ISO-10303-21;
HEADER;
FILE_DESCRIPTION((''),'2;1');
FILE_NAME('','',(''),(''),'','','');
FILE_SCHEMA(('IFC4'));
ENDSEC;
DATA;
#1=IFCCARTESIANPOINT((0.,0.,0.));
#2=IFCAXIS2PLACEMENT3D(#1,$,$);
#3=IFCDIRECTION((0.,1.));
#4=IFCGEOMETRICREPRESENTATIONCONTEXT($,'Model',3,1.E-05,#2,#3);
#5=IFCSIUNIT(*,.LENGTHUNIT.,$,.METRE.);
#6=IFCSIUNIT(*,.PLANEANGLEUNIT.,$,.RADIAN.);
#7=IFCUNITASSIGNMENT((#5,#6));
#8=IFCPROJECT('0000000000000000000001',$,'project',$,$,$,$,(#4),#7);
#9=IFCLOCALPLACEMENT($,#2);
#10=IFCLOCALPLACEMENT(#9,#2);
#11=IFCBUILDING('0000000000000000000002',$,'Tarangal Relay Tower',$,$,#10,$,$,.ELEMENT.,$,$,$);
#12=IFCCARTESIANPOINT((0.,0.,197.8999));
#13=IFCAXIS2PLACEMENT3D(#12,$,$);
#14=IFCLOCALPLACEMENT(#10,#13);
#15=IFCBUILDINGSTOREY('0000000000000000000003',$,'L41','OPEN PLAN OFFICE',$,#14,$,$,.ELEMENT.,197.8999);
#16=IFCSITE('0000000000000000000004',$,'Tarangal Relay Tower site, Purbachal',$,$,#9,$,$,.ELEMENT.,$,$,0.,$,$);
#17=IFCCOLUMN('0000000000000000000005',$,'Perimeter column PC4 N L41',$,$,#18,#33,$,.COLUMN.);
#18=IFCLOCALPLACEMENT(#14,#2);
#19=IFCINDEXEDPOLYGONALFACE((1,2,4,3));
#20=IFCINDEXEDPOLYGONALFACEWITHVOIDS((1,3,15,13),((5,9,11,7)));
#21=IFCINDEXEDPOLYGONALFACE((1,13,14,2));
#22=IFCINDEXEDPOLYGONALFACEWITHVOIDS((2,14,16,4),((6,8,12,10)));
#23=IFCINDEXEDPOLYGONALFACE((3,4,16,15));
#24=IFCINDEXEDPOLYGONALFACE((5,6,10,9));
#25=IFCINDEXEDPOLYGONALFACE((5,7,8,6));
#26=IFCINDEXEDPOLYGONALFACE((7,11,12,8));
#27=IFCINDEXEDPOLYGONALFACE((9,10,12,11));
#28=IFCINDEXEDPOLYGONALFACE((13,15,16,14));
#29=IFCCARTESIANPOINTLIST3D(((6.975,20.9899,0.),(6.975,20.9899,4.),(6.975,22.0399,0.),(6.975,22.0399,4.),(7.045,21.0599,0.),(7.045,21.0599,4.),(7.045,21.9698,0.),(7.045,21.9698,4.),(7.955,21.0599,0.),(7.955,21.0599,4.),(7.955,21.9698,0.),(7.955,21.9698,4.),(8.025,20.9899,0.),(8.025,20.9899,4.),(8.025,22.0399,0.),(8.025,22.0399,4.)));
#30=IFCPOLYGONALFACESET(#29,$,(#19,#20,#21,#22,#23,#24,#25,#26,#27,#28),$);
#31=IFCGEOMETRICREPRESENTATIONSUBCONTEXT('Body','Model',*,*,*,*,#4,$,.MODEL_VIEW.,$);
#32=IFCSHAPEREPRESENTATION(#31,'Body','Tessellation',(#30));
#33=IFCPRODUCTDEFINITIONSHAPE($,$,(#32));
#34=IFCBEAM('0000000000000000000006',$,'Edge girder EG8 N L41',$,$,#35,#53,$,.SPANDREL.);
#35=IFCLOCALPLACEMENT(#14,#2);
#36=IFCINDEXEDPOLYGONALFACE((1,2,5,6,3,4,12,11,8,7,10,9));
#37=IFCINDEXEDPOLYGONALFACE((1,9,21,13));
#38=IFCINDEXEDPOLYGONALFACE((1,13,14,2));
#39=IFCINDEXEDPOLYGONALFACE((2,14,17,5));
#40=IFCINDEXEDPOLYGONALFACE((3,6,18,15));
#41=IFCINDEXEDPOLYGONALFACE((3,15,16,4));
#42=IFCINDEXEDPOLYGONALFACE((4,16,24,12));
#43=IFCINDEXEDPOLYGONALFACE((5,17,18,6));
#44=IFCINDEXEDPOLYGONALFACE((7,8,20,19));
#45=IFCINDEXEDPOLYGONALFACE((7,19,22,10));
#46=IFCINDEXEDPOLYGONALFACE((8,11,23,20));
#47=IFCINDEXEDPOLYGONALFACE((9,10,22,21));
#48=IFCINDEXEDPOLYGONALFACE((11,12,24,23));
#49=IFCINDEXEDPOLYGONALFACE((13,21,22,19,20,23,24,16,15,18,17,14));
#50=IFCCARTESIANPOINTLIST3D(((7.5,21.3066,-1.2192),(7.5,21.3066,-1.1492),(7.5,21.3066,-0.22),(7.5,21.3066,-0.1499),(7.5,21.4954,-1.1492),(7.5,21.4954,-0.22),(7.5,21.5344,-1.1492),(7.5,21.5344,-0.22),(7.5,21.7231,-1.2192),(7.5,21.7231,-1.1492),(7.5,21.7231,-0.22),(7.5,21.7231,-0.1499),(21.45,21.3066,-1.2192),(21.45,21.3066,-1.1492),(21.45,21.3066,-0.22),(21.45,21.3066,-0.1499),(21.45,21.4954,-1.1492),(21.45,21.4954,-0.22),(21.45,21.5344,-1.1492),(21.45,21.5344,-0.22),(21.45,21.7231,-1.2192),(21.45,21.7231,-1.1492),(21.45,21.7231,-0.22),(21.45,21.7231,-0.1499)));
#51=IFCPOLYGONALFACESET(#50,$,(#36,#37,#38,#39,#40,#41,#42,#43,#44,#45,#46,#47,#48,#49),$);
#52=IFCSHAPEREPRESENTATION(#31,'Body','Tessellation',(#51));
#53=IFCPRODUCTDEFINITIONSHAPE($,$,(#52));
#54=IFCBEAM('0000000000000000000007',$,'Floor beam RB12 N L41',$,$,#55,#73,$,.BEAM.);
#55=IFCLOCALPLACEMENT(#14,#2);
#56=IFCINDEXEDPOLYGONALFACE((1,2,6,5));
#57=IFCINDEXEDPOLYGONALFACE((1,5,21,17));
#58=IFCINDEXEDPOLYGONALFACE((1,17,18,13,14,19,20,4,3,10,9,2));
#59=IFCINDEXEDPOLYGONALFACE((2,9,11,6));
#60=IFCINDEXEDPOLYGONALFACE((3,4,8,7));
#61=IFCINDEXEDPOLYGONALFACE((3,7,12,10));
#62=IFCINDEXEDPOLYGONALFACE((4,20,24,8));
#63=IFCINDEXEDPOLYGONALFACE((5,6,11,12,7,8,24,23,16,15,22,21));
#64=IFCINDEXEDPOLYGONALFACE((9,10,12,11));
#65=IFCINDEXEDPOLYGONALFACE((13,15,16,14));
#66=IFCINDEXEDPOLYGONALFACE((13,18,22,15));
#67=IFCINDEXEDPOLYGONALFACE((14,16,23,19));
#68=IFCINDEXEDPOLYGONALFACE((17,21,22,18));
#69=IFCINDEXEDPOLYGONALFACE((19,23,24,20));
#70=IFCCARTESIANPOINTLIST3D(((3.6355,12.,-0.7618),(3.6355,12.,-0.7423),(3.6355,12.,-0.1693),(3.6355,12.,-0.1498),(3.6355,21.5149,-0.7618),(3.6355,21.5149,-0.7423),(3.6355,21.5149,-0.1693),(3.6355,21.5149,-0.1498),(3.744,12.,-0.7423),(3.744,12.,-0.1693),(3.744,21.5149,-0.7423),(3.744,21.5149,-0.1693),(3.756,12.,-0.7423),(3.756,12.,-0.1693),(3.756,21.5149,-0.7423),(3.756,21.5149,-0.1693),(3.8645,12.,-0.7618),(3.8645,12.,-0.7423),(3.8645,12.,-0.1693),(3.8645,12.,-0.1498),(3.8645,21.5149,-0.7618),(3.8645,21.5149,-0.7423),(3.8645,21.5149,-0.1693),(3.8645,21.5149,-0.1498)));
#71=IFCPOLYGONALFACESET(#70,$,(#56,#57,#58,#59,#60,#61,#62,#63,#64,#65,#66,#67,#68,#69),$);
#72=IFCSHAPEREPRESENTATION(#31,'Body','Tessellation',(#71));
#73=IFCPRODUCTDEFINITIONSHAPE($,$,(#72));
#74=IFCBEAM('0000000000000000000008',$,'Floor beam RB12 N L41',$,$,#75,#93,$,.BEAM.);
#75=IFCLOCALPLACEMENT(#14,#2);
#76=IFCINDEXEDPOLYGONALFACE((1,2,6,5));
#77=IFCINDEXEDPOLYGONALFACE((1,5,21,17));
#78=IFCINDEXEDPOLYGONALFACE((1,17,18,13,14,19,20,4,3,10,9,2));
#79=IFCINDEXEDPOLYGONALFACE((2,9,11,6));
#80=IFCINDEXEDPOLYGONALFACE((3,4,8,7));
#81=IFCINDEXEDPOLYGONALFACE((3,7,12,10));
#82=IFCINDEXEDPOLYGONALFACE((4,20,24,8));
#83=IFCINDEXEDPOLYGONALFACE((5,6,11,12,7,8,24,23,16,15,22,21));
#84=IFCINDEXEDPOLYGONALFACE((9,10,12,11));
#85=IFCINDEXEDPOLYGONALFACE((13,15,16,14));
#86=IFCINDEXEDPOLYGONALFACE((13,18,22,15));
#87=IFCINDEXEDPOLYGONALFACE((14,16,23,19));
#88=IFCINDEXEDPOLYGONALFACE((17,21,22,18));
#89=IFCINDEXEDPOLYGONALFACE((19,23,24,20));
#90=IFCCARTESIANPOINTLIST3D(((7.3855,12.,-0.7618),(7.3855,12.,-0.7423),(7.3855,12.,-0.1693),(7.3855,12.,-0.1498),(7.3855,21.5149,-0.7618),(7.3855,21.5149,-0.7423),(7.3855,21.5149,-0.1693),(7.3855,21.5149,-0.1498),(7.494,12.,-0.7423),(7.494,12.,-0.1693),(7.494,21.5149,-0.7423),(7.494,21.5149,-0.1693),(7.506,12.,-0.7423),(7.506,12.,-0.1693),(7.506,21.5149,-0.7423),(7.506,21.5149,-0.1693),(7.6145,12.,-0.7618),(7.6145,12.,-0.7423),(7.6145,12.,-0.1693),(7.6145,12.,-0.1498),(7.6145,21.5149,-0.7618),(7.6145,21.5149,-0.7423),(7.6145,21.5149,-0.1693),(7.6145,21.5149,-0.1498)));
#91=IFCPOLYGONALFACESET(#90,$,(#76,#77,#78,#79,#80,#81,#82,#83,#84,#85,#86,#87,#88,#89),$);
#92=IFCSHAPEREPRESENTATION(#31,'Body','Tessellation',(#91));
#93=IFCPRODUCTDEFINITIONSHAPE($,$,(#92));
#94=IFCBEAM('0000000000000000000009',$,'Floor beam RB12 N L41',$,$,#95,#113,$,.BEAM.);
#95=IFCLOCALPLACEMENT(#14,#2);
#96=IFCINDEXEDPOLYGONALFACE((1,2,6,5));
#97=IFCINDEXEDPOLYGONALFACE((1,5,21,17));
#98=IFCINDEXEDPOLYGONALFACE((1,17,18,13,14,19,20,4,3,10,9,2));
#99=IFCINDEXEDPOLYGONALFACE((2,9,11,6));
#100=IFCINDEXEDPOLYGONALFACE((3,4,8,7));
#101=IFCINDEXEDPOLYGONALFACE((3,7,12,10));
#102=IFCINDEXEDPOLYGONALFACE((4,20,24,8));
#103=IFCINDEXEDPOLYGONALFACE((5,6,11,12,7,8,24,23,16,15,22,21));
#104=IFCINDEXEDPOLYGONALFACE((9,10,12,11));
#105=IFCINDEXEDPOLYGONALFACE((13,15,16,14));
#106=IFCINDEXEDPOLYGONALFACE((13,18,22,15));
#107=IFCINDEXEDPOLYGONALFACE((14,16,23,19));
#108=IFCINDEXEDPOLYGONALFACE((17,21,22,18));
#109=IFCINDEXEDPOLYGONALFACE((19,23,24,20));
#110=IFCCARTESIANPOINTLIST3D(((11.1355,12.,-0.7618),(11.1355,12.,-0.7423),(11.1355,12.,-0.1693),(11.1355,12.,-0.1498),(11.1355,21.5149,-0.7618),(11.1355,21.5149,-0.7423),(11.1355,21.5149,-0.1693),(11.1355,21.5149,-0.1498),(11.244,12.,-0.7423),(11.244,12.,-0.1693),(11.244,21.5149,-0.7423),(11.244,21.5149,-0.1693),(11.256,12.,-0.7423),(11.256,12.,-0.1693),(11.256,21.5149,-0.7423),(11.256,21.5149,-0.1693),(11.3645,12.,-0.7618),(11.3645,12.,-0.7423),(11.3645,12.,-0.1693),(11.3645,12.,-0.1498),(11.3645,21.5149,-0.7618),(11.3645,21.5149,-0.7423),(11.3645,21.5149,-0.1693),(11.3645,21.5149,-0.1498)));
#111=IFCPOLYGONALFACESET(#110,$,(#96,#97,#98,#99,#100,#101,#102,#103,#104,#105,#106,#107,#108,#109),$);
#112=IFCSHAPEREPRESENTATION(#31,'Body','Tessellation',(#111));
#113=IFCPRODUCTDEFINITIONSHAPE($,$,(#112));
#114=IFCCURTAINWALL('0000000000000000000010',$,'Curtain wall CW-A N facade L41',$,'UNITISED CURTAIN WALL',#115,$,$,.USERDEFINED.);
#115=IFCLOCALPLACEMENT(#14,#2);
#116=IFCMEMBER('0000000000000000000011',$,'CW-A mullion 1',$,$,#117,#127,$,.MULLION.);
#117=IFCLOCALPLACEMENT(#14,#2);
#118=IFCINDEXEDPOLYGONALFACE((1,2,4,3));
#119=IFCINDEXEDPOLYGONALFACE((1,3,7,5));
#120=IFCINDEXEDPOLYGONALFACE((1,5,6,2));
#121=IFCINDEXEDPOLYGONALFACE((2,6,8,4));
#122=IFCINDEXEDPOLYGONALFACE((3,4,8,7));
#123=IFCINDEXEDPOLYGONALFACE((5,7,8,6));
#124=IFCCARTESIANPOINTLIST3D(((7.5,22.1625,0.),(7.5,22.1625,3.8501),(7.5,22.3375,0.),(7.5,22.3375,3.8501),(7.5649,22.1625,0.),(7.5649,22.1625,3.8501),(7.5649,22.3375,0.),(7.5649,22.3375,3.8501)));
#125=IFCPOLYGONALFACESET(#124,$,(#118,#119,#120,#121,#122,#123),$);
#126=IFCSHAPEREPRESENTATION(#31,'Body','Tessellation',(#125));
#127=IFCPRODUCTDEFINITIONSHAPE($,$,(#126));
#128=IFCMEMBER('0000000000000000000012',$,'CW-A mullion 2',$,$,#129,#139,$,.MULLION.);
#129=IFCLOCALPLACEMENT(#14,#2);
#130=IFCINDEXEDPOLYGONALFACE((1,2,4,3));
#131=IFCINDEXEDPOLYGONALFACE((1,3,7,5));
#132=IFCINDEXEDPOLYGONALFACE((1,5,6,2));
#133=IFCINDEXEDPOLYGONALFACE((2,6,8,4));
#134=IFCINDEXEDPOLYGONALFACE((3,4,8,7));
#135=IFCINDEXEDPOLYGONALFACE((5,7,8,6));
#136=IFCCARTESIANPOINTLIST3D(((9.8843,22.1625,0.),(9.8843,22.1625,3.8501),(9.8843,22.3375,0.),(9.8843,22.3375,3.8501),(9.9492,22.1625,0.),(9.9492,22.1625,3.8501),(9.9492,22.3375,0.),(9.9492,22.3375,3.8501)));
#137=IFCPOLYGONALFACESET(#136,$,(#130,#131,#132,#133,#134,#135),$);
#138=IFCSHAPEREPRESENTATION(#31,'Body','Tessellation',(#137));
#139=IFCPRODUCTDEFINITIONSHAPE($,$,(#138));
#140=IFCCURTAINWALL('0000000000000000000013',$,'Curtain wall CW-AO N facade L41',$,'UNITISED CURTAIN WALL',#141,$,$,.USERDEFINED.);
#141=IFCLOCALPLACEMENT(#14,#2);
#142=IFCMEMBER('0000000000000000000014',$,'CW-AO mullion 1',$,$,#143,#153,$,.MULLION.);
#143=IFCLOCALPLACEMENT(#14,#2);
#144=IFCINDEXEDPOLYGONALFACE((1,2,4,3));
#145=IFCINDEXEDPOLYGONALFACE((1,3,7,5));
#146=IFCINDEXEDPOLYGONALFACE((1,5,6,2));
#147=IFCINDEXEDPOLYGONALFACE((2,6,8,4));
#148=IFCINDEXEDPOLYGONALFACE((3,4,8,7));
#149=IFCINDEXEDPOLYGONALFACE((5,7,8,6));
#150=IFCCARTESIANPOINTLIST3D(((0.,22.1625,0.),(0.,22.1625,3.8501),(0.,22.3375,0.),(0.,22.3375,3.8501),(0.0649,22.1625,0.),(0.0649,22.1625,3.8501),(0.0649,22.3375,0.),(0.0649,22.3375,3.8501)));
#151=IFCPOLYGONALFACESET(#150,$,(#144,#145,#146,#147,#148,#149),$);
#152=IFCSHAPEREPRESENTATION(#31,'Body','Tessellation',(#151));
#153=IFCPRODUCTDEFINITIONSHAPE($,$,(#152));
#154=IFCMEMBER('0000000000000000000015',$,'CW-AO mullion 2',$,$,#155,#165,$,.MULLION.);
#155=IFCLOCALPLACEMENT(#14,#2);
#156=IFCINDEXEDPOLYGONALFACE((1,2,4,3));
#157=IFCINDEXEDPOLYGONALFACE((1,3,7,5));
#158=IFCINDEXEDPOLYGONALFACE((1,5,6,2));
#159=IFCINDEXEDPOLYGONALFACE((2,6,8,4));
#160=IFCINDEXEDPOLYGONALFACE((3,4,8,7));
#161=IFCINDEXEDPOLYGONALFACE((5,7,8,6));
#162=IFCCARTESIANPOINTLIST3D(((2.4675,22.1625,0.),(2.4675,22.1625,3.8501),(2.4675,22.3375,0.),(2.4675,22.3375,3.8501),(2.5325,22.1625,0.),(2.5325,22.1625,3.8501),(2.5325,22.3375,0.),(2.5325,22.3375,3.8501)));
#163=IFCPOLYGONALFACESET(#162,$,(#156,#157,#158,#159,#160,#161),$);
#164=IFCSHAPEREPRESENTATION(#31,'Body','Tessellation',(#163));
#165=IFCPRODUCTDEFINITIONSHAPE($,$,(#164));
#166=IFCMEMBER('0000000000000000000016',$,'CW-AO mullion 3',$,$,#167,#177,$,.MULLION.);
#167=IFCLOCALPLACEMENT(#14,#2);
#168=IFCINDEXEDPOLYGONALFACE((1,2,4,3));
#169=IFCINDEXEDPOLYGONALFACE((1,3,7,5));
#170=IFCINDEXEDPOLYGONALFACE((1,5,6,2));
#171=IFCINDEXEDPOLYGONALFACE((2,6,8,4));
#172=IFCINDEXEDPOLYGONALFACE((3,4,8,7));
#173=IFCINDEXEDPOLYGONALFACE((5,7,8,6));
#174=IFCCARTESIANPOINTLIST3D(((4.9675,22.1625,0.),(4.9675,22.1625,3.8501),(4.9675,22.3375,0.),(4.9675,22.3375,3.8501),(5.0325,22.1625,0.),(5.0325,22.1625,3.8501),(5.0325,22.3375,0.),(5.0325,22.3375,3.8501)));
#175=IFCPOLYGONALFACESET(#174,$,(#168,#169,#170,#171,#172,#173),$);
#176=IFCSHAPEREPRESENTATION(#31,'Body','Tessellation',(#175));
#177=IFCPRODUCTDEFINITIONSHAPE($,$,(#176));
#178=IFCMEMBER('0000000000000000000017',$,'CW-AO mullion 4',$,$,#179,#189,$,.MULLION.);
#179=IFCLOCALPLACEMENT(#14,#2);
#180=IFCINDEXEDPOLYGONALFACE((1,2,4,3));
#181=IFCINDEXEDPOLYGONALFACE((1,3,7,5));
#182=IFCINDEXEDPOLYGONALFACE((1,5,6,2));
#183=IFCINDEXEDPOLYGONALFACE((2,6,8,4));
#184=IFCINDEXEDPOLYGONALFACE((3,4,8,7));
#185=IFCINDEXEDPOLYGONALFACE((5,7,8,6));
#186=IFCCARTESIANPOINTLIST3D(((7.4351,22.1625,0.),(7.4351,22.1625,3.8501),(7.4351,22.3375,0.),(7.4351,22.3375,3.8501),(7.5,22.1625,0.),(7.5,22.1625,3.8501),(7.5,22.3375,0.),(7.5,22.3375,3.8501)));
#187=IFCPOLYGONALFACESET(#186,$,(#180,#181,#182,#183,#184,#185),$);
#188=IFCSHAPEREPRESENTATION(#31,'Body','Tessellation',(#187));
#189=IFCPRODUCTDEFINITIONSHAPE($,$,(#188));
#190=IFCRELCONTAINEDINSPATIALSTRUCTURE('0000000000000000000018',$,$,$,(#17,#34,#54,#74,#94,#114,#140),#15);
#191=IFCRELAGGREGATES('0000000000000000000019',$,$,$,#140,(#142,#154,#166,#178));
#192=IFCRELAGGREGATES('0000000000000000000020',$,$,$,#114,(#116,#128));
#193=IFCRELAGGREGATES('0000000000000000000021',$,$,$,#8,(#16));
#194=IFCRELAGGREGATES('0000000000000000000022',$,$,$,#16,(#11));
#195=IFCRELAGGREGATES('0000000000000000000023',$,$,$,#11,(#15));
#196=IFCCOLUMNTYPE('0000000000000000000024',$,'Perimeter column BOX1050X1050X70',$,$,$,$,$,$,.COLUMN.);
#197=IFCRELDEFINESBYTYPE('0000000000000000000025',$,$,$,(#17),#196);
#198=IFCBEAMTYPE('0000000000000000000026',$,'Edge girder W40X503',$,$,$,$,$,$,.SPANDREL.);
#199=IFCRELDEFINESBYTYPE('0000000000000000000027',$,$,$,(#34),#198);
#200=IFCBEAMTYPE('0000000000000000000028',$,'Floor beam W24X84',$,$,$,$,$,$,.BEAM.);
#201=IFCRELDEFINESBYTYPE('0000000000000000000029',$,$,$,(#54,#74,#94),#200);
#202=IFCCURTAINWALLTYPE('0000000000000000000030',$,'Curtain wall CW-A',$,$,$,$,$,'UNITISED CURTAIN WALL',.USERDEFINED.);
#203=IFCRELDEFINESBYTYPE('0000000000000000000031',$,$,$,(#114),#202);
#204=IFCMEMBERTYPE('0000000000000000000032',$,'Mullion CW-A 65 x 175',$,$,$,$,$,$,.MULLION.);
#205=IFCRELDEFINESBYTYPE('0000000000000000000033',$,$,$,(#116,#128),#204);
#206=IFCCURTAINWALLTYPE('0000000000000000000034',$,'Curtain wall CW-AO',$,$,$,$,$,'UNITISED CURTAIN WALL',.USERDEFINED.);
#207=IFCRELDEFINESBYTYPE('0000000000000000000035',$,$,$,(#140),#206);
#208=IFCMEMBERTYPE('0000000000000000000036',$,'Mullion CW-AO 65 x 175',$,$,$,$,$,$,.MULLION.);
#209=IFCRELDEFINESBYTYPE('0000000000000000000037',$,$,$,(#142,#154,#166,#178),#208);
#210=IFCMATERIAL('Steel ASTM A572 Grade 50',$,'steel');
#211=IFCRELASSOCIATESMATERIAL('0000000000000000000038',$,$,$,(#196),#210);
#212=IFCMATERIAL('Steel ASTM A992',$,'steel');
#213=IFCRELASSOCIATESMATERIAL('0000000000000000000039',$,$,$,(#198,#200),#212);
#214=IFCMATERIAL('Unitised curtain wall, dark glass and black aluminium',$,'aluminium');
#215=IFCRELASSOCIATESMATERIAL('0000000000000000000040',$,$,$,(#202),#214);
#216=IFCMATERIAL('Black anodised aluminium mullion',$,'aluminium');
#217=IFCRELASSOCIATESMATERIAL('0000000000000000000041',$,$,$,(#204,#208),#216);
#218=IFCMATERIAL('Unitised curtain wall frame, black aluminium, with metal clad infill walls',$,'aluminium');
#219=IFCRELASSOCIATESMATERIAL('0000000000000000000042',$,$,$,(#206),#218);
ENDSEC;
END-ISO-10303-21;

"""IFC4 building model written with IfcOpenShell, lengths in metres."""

from ifc_helpers import new_model, si_unit, direction, frame, origin, origin_2d, place, context, subcontext, project, spatial, rectangle, hollow_rectangle, i_section, extrude, material, material_profile, profile_set, type_object, element, aggregate, save


model = new_model("IFC4")

# Units and contexts
model_context = context("Model", 3, precision=1e-05, world=origin(), true_north=direction((0.0, 1.0)))
body_context = subcontext(model_context, "Body", "Model", "MODEL_VIEW")
ifc_project = project(units=[si_unit("LENGTHUNIT", "METRE"), si_unit("PLANEANGLEUNIT", "RADIAN")], contexts=[model_context])

# Site, building, storey
site_placement = place(None, origin())
site = spatial("IfcSite", under=ifc_project, at=site_placement, Name="Tarangal Relay Tower site, Purbachal", CompositionType="ELEMENT", RefElevation=0.0)
building_placement = place(site_placement, origin())
building = spatial("IfcBuilding", under=site, at=building_placement, Name="Tarangal Relay Tower", CompositionType="ELEMENT")
storey_placement = place(building_placement, frame((0.0, 0.0, 197.8999)))
storey = spatial("IfcBuildingStorey", under=building, at=storey_placement, Name="L41", Description="OPEN PLAN OFFICE", CompositionType="ELEMENT", Elevation=197.8999)

# Column
ifc_material_1 = material(Name="Steel ASTM A572 Grade 50", Category="steel")
ifc_material_profile_1 = material_profile(ifc_material_1, hollow_rectangle(XDim=1.05, YDim=1.05, WallThickness=0.0701, at=origin_2d()), Name="BOX1050X1050X70")
ifc_profile_set_1 = profile_set([ifc_material_profile_1], Name="Steel ASTM A572 Grade 50")
column_type = type_object("IfcColumnType", Name="Perimeter column BOX1050X1050X70", PredefinedType="COLUMN", material=ifc_profile_set_1)
column_placement = place(storey_placement, frame((7.5, 21.5149, 0.0), z_axis=(0.0, 0.0, 1.0), x_axis=(1.0, 0.0, 0.0)))
element("IfcColumn", 1, at=column_placement, inside=storey, type_object=column_type, Name="Perimeter column PC4 N L41", PredefinedType="COLUMN", context=body_context, shape_type="SweptSolid", body=[
    extrude(hollow_rectangle(XDim=1.05, YDim=1.05, WallThickness=0.0701, at=origin_2d()), origin(), (0.0, 0.0, 1.0), 4.0),
])

# Beams
ifc_material_2 = material(Name="Steel ASTM A992", Category="steel")
ifc_material_profile_2 = material_profile(ifc_material_2, i_section(OverallWidth=0.4165, OverallDepth=1.0693, WebThickness=0.0391, FlangeThickness=0.0701, at=origin_2d()), Name="W40X503")
ifc_profile_set_2 = profile_set([ifc_material_profile_2], Name="Steel ASTM A992")
beam_type_1 = type_object("IfcBeamType", Name="Edge girder W40X503", PredefinedType="SPANDREL", material=ifc_profile_set_2)
beam_placement = place(storey_placement, frame((7.5, 21.5149, -0.6846), z_axis=(1.0, 0.0, 0.0), x_axis=(0.0, 1.0, 0.0)))
element("IfcBeam", 2, at=beam_placement, inside=storey, type_object=beam_type_1, Name="Edge girder EG8 N L41", PredefinedType="SPANDREL", context=body_context, shape_type="SweptSolid", body=[
    extrude(i_section(OverallWidth=0.4165, OverallDepth=1.0693, WebThickness=0.0391, FlangeThickness=0.0701, at=origin_2d()), origin(), (0.0, 0.0, 1.0), 13.95),
])
ifc_material_profile_3 = material_profile(ifc_material_2, i_section(OverallWidth=0.229, OverallDepth=0.6121, WebThickness=0.012, FlangeThickness=0.0195, at=origin_2d()), Name="W24X84")
ifc_profile_set_3 = profile_set([ifc_material_profile_3], Name="Steel ASTM A992")
beam_type_2 = type_object("IfcBeamType", Name="Floor beam W24X84", PredefinedType="BEAM", material=ifc_profile_set_3)
for number, where, z_axis, x_axis, name in (
    (3, (3.75, 12.0, -0.4558), (0.0, 1.0, 0.0), (-1.0, 0.0, 0.0), "Floor beam RB12 N L41"),
    (4, (7.5, 12.0, -0.4558), (0.0, 1.0, 0.0), (-1.0, 0.0, 0.0), "Floor beam RB12 N L41"),
    (5, (11.25, 12.0, -0.4558), (0.0, 1.0, 0.0), (-1.0, 0.0, 0.0), "Floor beam RB12 N L41"),
):
    element("IfcBeam", number, at=place(storey_placement, frame(where, z_axis=z_axis, x_axis=x_axis)), inside=storey, type_object=beam_type_2, Name=name, PredefinedType="BEAM", context=body_context, shape_type="SweptSolid", body=[
        extrude(i_section(OverallWidth=0.229, OverallDepth=0.6121, WebThickness=0.012, FlangeThickness=0.0195, at=origin_2d()), origin(), (0.0, 0.0, 1.0), 9.5149),
    ])

# Curtain walls, members
ifc_material_3 = material(Name="Unitised curtain wall, dark glass and black aluminium", Category="aluminium")
curtain_wall_type_1 = type_object("IfcCurtainWallType", Name="Curtain wall CW-A", ElementType="UNITISED CURTAIN WALL", PredefinedType="USERDEFINED", material=ifc_material_3)
curtain_wall_1_placement = place(storey_placement, origin())
curtain_wall_1 = element("IfcCurtainWall", 6, at=curtain_wall_1_placement, inside=storey, type_object=curtain_wall_type_1, Name="Curtain wall CW-A N facade L41", ObjectType="UNITISED CURTAIN WALL", PredefinedType="USERDEFINED")
ifc_material_4 = material(Name="Black anodised aluminium mullion", Category="aluminium")
ifc_material_profile_4 = material_profile(ifc_material_4, rectangle(XDim=0.175, YDim=0.0649, at=origin_2d()), Name="CW-AM 65X175")
ifc_profile_set_4 = profile_set([ifc_material_profile_4], Name="Black anodised aluminium mullion")
member_type_1 = type_object("IfcMemberType", Name="Mullion CW-A 65 x 175", PredefinedType="MULLION", material=ifc_profile_set_4)
member_1_placement = place(storey_placement, frame((7.5325, 22.25, 0.0), z_axis=(0.0, 0.0, 1.0), x_axis=(0.0, 1.0, 0.0)))
member_1 = element("IfcMember", 7, at=member_1_placement, type_object=member_type_1, Name="CW-A mullion 1", PredefinedType="MULLION", context=body_context, shape_type="SweptSolid", body=[
    extrude(rectangle(XDim=0.175, YDim=0.0649, at=origin_2d()), origin(), (0.0, 0.0, 1.0), 3.8501),
])
member_2_placement = place(storey_placement, frame((9.9167, 22.25, 0.0), z_axis=(0.0, 0.0, 1.0), x_axis=(0.0, 1.0, 0.0)))
member_2 = element("IfcMember", 8, at=member_2_placement, type_object=member_type_1, Name="CW-A mullion 2", PredefinedType="MULLION", context=body_context, shape_type="SweptSolid", body=[
    extrude(rectangle(XDim=0.175, YDim=0.0649, at=origin_2d()), origin(), (0.0, 0.0, 1.0), 3.8501),
])
ifc_material_5 = material(Name="Unitised curtain wall frame, black aluminium, with metal clad infill walls", Category="aluminium")
curtain_wall_type_2 = type_object("IfcCurtainWallType", Name="Curtain wall CW-AO", ElementType="UNITISED CURTAIN WALL", PredefinedType="USERDEFINED", material=ifc_material_5)
curtain_wall_2_placement = place(storey_placement, origin())
curtain_wall_2 = element("IfcCurtainWall", 9, at=curtain_wall_2_placement, inside=storey, type_object=curtain_wall_type_2, Name="Curtain wall CW-AO N facade L41", ObjectType="UNITISED CURTAIN WALL", PredefinedType="USERDEFINED")
ifc_material_profile_5 = material_profile(ifc_material_4, rectangle(XDim=0.175, YDim=0.0649, at=origin_2d()), Name="CW-AOM 65X175")
ifc_profile_set_5 = profile_set([ifc_material_profile_5], Name="Black anodised aluminium mullion")
member_type_2 = type_object("IfcMemberType", Name="Mullion CW-AO 65 x 175", PredefinedType="MULLION", material=ifc_profile_set_5)
member_3_placement = place(storey_placement, frame((0.0325, 22.25, 0.0), z_axis=(0.0, 0.0, 1.0), x_axis=(0.0, 1.0, 0.0)))
member_3 = element("IfcMember", 10, at=member_3_placement, type_object=member_type_2, Name="CW-AO mullion 1", PredefinedType="MULLION", context=body_context, shape_type="SweptSolid", body=[
    extrude(rectangle(XDim=0.175, YDim=0.0649, at=origin_2d()), origin(), (0.0, 0.0, 1.0), 3.8501),
])
member_4_placement = place(storey_placement, frame((2.5, 22.25, 0.0), z_axis=(0.0, 0.0, 1.0), x_axis=(0.0, 1.0, 0.0)))
member_4 = element("IfcMember", 11, at=member_4_placement, type_object=member_type_2, Name="CW-AO mullion 2", PredefinedType="MULLION", context=body_context, shape_type="SweptSolid", body=[
    extrude(rectangle(XDim=0.175, YDim=0.0649, at=origin_2d()), origin(), (0.0, 0.0, 1.0), 3.8501),
])
member_5_placement = place(storey_placement, frame((5.0, 22.25, 0.0), z_axis=(0.0, 0.0, 1.0), x_axis=(0.0, 1.0, 0.0)))
member_5 = element("IfcMember", 12, at=member_5_placement, type_object=member_type_2, Name="CW-AO mullion 3", PredefinedType="MULLION", context=body_context, shape_type="SweptSolid", body=[
    extrude(rectangle(XDim=0.175, YDim=0.0649, at=origin_2d()), origin(), (0.0, 0.0, 1.0), 3.8501),
])
member_6_placement = place(storey_placement, frame((7.4675, 22.25, 0.0), z_axis=(0.0, 0.0, 1.0), x_axis=(0.0, 1.0, 0.0)))
member_6 = element("IfcMember", 13, at=member_6_placement, type_object=member_type_2, Name="CW-AO mullion 4", PredefinedType="MULLION", context=body_context, shape_type="SweptSolid", body=[
    extrude(rectangle(XDim=0.175, YDim=0.0649, at=origin_2d()), origin(), (0.0, 0.0, 1.0), 3.8501),
])

aggregate(curtain_wall_2, [member_3, member_4, member_5, member_6])

aggregate(curtain_wall_1, [member_1, member_2])

save(model, "model.ifc")
